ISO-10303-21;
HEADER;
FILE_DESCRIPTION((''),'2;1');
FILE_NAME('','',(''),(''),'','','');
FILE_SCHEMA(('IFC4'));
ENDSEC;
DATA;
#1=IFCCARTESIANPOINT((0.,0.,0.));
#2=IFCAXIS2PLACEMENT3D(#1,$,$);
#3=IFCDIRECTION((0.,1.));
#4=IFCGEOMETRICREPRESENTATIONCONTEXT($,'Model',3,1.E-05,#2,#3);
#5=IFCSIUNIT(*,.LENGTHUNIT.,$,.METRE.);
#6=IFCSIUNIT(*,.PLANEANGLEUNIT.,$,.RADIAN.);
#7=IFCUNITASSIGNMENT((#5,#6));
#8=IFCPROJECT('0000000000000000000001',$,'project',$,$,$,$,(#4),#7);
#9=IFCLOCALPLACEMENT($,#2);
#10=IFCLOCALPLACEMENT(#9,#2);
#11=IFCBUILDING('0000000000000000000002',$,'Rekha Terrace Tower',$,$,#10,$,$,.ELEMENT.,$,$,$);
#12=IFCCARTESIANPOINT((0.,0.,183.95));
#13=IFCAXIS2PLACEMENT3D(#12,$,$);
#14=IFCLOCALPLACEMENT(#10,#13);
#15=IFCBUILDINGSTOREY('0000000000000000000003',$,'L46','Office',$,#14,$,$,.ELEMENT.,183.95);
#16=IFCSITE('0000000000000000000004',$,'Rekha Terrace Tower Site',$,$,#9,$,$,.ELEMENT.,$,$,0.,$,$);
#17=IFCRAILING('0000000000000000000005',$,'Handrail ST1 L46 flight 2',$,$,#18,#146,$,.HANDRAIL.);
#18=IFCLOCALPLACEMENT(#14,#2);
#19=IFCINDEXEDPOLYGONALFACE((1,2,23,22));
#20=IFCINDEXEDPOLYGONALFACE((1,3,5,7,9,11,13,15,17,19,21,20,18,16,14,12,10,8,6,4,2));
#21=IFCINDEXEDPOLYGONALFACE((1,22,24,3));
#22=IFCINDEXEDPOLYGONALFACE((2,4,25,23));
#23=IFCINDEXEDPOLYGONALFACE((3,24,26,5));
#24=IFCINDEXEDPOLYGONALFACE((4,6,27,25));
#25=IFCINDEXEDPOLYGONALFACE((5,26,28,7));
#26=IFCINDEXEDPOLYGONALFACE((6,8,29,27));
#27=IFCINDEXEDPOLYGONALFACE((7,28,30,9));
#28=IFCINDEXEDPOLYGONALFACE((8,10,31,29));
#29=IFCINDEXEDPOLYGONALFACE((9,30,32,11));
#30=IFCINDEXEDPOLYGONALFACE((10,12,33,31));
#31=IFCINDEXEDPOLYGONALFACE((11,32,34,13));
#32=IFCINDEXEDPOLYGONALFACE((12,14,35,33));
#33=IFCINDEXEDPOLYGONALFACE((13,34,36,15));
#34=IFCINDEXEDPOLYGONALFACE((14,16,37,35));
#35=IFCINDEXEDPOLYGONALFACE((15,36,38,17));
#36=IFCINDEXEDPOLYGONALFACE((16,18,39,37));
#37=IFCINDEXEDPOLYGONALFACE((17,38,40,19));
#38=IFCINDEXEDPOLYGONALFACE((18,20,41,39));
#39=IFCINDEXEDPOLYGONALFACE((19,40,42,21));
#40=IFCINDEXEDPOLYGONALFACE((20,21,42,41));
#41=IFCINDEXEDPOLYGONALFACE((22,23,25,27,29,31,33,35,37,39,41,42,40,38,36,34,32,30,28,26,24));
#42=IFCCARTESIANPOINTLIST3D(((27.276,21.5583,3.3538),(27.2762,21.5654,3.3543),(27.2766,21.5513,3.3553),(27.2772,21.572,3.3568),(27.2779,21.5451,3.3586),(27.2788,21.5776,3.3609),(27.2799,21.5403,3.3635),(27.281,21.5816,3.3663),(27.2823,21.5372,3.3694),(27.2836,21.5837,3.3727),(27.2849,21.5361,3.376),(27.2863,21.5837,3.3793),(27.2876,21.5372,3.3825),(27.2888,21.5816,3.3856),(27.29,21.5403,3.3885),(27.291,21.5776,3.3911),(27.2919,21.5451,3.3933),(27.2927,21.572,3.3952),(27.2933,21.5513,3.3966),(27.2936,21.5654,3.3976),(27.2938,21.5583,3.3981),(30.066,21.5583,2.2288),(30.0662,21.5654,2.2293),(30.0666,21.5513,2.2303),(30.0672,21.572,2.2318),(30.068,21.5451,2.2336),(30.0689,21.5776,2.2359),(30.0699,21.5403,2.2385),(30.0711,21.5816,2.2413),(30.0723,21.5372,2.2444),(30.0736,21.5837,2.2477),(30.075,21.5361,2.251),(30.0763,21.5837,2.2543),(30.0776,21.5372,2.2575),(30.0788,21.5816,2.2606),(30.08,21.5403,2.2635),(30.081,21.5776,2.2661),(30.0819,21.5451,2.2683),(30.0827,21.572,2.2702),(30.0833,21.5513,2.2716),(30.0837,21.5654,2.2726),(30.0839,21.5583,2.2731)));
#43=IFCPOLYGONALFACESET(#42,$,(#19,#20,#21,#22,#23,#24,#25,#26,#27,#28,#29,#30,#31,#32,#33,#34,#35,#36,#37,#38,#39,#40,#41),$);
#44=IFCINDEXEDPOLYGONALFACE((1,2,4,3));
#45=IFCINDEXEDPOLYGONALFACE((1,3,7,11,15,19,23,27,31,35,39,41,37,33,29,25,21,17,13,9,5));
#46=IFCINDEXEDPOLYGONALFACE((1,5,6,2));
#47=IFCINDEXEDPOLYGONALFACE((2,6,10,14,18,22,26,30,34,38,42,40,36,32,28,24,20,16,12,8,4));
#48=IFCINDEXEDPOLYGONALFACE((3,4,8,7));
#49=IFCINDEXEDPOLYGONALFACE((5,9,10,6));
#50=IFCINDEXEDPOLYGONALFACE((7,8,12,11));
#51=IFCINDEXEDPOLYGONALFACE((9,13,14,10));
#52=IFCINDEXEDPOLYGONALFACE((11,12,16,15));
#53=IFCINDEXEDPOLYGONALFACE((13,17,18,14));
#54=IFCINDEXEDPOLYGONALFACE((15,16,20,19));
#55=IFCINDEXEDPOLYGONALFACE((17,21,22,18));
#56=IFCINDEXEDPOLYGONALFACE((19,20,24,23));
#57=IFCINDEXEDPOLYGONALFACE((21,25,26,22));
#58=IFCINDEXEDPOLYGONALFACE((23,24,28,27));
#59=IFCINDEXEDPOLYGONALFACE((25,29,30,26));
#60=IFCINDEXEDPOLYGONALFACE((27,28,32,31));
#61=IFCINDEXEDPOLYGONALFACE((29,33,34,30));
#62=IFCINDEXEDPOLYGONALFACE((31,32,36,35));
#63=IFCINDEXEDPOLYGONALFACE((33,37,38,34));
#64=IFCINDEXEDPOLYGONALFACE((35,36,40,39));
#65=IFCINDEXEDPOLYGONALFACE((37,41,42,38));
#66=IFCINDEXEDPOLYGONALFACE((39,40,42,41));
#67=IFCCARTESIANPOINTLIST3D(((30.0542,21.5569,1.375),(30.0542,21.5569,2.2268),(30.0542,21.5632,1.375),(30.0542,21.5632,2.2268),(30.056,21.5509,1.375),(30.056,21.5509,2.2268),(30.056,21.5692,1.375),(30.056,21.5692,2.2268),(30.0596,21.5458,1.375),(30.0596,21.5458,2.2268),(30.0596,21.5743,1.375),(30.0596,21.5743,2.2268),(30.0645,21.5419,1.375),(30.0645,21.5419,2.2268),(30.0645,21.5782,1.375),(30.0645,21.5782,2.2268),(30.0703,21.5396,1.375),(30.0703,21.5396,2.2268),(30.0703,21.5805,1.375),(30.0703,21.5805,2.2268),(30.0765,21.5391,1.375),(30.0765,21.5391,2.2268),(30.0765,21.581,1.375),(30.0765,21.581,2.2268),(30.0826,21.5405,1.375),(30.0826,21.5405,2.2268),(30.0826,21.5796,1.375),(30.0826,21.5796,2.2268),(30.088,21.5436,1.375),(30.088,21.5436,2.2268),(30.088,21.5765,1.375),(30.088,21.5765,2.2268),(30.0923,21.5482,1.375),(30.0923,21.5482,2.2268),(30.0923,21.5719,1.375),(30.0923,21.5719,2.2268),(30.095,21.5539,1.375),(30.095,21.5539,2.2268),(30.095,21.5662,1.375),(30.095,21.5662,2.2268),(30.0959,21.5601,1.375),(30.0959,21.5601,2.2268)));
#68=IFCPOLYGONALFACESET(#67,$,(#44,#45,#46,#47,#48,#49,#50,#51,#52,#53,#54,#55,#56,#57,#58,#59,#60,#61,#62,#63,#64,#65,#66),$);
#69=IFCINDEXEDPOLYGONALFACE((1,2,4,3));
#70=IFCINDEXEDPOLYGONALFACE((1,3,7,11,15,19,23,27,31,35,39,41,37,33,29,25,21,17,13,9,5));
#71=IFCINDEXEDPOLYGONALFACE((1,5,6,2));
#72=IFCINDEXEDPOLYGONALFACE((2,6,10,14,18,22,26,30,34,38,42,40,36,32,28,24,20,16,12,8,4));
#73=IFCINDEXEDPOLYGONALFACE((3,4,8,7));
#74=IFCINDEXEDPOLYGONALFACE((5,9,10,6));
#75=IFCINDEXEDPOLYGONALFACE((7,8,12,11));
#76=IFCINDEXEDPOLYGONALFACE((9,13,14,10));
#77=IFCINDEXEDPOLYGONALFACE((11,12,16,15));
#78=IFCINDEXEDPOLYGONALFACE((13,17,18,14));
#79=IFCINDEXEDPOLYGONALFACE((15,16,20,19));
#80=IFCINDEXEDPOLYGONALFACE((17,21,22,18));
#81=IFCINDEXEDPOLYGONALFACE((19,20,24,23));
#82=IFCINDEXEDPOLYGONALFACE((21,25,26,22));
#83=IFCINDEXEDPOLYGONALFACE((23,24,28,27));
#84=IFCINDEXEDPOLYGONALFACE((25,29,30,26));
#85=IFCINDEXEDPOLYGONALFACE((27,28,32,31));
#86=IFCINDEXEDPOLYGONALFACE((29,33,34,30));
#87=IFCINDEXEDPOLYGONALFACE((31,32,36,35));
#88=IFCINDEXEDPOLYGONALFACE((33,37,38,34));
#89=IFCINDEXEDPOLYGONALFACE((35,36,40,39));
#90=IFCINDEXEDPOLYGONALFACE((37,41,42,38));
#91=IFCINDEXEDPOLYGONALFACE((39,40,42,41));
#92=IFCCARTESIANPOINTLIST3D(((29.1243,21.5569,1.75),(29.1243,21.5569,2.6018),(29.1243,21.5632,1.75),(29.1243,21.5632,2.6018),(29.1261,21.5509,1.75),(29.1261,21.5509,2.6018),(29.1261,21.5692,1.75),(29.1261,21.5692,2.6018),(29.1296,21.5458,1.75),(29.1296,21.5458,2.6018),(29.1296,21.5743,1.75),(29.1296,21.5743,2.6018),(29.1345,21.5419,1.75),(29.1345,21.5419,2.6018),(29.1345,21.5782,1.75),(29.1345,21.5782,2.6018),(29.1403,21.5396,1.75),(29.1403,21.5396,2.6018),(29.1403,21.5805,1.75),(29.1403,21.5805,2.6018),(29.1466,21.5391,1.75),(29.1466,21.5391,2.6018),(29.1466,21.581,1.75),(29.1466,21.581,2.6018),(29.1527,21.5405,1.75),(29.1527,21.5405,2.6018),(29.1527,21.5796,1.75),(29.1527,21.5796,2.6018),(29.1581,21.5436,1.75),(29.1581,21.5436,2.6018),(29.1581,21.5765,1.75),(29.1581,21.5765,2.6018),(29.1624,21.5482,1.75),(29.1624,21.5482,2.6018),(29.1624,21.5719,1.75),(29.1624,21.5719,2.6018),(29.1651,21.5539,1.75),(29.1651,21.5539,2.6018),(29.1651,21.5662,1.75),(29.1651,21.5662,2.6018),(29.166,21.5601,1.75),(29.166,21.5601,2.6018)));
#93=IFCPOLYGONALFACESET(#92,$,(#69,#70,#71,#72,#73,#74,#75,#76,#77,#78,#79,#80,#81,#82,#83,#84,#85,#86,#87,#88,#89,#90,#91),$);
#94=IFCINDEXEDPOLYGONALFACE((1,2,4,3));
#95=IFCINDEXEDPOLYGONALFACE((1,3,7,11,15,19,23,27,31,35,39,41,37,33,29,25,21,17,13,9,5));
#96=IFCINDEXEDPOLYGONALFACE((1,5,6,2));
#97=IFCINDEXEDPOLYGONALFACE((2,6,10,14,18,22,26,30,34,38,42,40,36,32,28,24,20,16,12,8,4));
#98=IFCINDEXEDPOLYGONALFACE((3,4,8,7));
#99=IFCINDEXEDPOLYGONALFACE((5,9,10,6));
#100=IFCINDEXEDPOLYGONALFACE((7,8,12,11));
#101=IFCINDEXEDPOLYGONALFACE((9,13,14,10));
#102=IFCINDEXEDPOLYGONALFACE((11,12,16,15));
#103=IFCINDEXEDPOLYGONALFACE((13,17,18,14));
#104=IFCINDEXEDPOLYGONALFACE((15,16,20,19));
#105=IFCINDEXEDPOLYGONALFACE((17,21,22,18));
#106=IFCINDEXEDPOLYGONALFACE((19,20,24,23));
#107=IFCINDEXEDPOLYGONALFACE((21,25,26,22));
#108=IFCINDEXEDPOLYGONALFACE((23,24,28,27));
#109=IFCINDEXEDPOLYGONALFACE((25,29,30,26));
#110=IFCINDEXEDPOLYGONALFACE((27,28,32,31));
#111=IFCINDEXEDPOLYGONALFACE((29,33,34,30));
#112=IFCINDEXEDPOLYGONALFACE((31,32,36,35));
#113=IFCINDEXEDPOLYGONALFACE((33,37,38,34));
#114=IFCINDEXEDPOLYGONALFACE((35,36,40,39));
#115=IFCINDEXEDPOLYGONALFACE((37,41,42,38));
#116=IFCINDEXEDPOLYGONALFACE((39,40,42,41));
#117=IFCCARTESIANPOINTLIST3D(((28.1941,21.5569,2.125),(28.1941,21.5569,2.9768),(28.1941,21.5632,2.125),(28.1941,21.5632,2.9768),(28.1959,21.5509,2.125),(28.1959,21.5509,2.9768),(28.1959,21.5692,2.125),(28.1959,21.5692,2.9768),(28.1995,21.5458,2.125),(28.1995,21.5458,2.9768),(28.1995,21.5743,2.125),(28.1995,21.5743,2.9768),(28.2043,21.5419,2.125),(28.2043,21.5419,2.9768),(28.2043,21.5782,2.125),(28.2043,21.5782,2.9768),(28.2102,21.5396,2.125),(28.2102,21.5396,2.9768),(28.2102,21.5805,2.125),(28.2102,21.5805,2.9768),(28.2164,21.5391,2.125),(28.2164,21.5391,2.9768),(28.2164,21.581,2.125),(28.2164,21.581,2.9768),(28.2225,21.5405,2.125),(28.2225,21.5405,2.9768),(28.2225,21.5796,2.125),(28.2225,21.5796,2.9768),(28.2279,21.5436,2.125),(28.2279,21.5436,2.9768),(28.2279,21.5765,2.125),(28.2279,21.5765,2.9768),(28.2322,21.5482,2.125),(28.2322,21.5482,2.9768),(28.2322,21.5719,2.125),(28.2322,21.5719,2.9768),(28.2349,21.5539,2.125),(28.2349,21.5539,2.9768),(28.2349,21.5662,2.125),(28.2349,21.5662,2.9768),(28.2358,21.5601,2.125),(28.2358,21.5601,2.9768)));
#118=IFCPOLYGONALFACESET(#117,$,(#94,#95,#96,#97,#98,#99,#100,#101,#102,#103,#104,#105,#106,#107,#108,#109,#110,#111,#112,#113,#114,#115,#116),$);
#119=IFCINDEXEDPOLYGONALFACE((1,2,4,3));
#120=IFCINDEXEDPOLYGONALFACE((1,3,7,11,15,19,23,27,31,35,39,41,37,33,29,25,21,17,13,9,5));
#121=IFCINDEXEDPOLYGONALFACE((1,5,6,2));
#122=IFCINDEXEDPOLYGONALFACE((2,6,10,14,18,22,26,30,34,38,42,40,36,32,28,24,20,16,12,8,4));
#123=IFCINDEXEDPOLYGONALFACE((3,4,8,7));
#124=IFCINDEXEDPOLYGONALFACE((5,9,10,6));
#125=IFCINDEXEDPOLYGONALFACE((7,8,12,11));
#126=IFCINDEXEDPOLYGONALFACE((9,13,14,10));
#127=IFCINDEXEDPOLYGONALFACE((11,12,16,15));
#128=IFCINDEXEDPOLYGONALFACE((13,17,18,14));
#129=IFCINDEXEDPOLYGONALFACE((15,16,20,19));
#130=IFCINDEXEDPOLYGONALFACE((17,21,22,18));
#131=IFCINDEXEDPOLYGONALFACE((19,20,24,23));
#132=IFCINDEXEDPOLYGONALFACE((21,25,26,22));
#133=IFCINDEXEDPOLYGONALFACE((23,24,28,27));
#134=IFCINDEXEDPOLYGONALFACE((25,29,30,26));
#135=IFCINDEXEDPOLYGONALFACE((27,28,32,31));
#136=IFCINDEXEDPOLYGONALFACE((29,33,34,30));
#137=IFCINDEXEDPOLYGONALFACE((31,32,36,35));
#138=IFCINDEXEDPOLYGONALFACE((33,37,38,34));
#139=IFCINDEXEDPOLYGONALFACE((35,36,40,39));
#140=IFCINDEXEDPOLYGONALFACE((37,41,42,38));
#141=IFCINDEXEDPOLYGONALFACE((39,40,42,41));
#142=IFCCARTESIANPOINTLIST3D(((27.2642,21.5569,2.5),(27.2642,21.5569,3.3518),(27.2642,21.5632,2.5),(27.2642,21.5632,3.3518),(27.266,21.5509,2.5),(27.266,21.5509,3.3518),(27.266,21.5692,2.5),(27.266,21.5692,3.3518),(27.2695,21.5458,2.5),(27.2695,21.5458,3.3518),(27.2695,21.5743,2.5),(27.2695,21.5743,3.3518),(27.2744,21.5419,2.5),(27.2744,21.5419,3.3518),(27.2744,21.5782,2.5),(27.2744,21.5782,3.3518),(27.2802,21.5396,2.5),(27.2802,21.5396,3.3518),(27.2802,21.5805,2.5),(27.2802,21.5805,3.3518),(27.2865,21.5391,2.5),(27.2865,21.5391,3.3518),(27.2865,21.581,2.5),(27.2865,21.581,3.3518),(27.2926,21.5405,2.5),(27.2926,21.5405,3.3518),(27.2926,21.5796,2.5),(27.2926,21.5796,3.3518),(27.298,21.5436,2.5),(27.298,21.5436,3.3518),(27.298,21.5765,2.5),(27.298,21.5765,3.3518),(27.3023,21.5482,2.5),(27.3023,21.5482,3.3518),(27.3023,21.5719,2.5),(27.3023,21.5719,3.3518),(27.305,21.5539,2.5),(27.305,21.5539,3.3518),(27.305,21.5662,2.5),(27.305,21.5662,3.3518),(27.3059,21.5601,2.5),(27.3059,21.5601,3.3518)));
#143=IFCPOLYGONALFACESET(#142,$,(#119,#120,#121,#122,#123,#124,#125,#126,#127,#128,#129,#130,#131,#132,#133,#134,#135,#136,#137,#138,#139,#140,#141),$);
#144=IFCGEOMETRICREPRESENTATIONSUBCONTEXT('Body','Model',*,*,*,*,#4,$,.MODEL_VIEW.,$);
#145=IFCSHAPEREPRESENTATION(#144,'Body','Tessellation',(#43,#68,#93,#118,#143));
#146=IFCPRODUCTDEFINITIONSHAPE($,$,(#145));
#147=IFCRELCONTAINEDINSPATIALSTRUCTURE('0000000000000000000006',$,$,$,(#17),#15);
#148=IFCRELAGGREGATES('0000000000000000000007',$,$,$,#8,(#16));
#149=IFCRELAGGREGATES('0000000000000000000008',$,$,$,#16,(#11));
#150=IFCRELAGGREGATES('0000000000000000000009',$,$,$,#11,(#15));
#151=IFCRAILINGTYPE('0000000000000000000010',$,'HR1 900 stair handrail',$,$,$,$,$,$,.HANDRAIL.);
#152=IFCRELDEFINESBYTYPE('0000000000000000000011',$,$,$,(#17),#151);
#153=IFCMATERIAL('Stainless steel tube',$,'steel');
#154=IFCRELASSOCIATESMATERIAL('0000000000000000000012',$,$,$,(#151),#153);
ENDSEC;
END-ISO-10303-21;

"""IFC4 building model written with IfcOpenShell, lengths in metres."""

from ifc_helpers import new_model, si_unit, direction, frame, origin, origin_2d, place, context, subcontext, project, spatial, circle, extrude, material, type_object, element, save


model = new_model("IFC4")

# Units and contexts
model_context = context("Model", 3, precision=1e-05, world=origin(), true_north=direction((0.0, 1.0)))
body_context = subcontext(model_context, "Body", "Model", "MODEL_VIEW")
ifc_project = project(units=[si_unit("LENGTHUNIT", "METRE"), si_unit("PLANEANGLEUNIT", "RADIAN")], contexts=[model_context])

# Site, building, storey
site_placement = place(None, origin())
site = spatial("IfcSite", under=ifc_project, at=site_placement, Name="Rekha Terrace Tower Site", CompositionType="ELEMENT", RefElevation=0.0)
building_placement = place(site_placement, origin())
building = spatial("IfcBuilding", under=site, at=building_placement, Name="Rekha Terrace Tower", CompositionType="ELEMENT")
storey_placement = place(building_placement, frame((0.0, 0.0, 183.95)))
storey = spatial("IfcBuildingStorey", under=building, at=storey_placement, Name="L46", Description="Office", CompositionType="ELEMENT", Elevation=183.95)

# Railing
ifc_material_1 = material(Name="Stainless steel tube", Category="steel")
railing_type_1 = type_object("IfcRailingType", Name="HR1 900 stair handrail", PredefinedType="HANDRAIL", material=ifc_material_1)
railing_1_placement = place(storey_placement, frame((30.075, 21.5601, 1.375)))
element("IfcRailing", 1, at=railing_1_placement, inside=storey, type_object=railing_type_1, Name="Handrail ST1 L46 flight 2", PredefinedType="HANDRAIL", context=body_context, shape_type="SweptSolid", body=[
    extrude(circle(Radius=0.0239, at=origin_2d()), frame((0.0, 0.0, 0.876), z_axis=(-0.927443, 0.0, 0.373964), x_axis=(0.0, -1.0, 0.0)), (0.0, 0.0, 1.0), 3.0083),
    extrude(circle(Radius=0.021, at=origin_2d()), origin(), (0.0, 0.0, 1.0), 0.8518),
    extrude(circle(Radius=0.021, at=origin_2d()), frame((-0.9299, 0.0, 0.375)), (0.0, 0.0, 1.0), 0.8518),
    extrude(circle(Radius=0.021, at=origin_2d()), frame((-1.8601, 0.0, 0.75)), (0.0, 0.0, 1.0), 0.8518),
    extrude(circle(Radius=0.021, at=origin_2d()), frame((-2.79, 0.0, 1.125)), (0.0, 0.0, 1.0), 0.8518),
])

save(model, "model.ifc")
